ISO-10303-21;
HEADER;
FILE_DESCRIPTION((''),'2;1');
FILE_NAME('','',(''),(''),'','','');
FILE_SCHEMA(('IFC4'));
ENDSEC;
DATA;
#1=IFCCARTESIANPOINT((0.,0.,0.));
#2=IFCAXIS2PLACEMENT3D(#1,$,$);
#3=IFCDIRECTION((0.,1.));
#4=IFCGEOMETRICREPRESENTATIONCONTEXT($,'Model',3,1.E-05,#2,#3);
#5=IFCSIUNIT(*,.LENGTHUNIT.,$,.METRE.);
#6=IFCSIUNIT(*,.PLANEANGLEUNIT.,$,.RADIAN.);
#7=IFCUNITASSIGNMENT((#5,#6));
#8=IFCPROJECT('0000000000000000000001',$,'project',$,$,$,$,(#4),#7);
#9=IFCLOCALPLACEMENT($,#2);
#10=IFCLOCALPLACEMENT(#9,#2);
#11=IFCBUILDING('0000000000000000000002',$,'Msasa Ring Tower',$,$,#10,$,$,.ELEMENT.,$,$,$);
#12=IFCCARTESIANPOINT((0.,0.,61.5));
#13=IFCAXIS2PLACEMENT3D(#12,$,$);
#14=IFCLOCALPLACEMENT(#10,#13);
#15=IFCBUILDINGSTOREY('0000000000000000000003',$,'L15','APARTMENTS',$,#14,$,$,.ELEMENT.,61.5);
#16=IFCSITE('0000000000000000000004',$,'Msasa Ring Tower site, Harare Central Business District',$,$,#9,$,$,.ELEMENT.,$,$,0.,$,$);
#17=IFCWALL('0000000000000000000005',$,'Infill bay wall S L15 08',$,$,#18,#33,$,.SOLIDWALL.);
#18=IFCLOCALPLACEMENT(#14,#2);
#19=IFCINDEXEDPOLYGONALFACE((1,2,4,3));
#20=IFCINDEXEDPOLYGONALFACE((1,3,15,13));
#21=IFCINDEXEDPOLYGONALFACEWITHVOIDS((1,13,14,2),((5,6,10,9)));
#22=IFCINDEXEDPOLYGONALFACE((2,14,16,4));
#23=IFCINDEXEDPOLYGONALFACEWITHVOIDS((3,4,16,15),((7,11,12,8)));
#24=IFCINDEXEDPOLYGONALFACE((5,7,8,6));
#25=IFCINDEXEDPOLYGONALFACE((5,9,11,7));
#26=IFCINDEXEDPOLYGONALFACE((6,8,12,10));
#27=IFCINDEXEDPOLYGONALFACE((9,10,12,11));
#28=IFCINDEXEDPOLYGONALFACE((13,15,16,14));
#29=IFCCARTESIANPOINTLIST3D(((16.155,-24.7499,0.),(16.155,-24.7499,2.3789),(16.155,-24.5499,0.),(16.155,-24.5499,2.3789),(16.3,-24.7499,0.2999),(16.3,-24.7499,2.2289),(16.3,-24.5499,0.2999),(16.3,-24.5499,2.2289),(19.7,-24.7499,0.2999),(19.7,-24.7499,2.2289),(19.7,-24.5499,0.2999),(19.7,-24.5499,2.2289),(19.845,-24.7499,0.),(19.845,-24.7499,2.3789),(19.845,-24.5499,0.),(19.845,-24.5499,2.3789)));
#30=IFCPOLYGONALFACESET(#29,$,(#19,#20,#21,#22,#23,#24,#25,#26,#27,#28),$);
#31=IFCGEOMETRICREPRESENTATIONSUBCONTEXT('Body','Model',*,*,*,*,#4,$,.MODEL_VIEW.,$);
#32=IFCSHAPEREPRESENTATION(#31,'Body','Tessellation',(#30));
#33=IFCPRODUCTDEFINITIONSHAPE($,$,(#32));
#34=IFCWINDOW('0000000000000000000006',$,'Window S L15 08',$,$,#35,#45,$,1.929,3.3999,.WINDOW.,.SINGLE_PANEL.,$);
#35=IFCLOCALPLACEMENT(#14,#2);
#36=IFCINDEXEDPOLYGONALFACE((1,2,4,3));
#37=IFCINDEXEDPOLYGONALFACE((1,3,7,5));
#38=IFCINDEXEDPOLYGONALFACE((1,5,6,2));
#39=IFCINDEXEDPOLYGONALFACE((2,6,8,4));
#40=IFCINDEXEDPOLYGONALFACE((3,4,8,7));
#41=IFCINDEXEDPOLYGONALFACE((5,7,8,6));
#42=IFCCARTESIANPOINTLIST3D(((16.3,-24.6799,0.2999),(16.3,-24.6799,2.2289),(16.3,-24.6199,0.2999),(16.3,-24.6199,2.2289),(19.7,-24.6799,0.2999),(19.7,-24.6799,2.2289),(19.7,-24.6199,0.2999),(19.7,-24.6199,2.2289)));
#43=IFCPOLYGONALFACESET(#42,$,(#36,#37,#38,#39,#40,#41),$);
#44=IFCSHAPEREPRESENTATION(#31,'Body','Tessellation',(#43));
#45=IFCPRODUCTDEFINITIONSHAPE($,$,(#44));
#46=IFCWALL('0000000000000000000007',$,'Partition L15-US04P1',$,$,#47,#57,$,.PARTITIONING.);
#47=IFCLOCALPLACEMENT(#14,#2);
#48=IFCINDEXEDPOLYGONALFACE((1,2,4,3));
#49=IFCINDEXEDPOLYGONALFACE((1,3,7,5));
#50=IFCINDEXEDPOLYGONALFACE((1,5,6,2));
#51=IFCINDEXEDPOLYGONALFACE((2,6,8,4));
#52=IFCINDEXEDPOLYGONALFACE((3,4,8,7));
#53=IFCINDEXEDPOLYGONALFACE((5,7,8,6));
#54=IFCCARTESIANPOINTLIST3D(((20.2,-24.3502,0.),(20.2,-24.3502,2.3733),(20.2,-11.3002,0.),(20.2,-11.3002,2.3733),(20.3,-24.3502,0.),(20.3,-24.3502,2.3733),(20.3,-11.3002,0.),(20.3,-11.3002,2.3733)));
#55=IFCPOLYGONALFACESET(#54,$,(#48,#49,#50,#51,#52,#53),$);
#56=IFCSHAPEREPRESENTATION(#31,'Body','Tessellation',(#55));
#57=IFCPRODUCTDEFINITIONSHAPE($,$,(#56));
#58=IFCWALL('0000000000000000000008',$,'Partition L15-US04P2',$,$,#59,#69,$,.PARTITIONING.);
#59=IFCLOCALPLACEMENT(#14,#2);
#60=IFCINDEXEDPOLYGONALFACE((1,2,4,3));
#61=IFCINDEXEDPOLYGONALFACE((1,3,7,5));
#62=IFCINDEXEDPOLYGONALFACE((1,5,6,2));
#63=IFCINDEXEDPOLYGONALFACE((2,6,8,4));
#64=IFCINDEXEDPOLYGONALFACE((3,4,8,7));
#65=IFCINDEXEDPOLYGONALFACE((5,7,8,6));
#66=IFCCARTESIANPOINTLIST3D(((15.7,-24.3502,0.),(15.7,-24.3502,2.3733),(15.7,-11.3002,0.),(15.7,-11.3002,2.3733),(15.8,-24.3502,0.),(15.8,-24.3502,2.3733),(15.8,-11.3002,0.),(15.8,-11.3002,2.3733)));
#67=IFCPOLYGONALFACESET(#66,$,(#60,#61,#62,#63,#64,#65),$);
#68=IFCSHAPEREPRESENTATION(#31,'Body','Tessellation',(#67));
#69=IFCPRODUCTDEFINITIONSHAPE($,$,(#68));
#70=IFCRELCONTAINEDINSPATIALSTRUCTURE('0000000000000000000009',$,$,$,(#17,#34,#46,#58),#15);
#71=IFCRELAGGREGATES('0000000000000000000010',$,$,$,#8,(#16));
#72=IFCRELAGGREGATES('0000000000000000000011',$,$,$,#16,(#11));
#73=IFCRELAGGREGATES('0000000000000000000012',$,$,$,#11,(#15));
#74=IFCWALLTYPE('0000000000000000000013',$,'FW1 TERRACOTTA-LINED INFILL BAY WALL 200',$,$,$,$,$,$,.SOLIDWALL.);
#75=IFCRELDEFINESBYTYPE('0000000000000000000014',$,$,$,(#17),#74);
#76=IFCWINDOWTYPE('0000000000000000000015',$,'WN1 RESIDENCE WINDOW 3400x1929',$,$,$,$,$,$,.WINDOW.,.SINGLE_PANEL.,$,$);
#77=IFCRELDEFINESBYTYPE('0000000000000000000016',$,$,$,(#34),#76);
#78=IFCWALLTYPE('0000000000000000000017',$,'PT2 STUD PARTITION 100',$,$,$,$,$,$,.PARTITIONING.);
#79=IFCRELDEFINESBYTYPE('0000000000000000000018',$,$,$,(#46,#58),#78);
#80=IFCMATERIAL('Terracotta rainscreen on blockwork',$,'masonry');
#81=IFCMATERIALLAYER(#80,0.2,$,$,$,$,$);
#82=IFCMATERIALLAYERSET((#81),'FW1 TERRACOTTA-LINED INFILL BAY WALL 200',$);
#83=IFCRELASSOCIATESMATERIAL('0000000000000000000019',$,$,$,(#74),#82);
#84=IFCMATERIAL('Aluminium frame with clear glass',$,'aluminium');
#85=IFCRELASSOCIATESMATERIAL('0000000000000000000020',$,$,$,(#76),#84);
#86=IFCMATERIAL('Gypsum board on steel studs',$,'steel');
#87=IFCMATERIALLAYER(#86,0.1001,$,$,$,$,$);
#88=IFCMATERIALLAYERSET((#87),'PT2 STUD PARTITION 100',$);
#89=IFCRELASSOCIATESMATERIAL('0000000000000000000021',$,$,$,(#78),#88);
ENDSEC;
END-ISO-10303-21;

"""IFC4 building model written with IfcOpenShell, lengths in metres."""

from ifc_helpers import new_model, si_unit, direction, frame, frame_2d, origin, place, context, subcontext, project, spatial, rectangle, extrude, material, layer, layer_set, type_object, element, fill, save


model = new_model("IFC4")

# Units and contexts
model_context = context("Model", 3, precision=1e-05, world=origin(), true_north=direction((0.0, 1.0)))
body_context = subcontext(model_context, "Body", "Model", "MODEL_VIEW")
ifc_project = project(units=[si_unit("LENGTHUNIT", "METRE"), si_unit("PLANEANGLEUNIT", "RADIAN")], contexts=[model_context])

# Site, building, storey
site_placement = place(None, origin())
site = spatial("IfcSite", under=ifc_project, at=site_placement, Name="Msasa Ring Tower site, Harare Central Business District", CompositionType="ELEMENT", RefElevation=0.0)
building_placement = place(site_placement, origin())
building = spatial("IfcBuilding", under=site, at=building_placement, Name="Msasa Ring Tower", CompositionType="ELEMENT")
storey_placement = place(building_placement, frame((0.0, 0.0, 61.5)))
storey = spatial("IfcBuildingStorey", under=building, at=storey_placement, Name="L15", Description="APARTMENTS", CompositionType="ELEMENT", Elevation=61.5)

# Wall, opening, window
ifc_material_1 = material(Name="Terracotta rainscreen on blockwork", Category="masonry")
ifc_layer_1 = layer(ifc_material_1, 0.2)
ifc_layer_set_1 = layer_set([ifc_layer_1], Name="FW1 TERRACOTTA-LINED INFILL BAY WALL 200")
wall_type_1 = type_object("IfcWallType", Name="FW1 TERRACOTTA-LINED INFILL BAY WALL 200", PredefinedType="SOLIDWALL", material=ifc_layer_set_1)
wall_placement = place(storey_placement, frame((16.155, -24.6499, 0.0), z_axis=(0.0, 0.0, 1.0), x_axis=(1.0, 0.0, 0.0)))
wall = element("IfcWall", 1, at=wall_placement, inside=storey, type_object=wall_type_1, Name="Infill bay wall S L15 08", PredefinedType="SOLIDWALL", context=body_context, shape_type="SweptSolid", body=[
    extrude(rectangle(XDim=3.6899, YDim=0.2, at=frame_2d((1.845, 0.0))), origin(), (0.0, 0.0, 1.0), 2.3789),
])
opening_placement = place(wall_placement, frame((0.145, 0.0, 0.3)))
opening = element("IfcOpeningElement", 2, at=opening_placement, cuts=wall, PredefinedType="OPENING", context=body_context, shape_type="SweptSolid", body=[
    extrude(rectangle(XDim=3.3999, YDim=1.929, at=frame_2d((1.7, 0.9644))), frame((0.0, 0.1099, 0.0), z_axis=(0.0, -1.0, 0.0), x_axis=(1.0, 0.0, 0.0)), (0.0, 0.0, 1.0), 0.22),
])
ifc_material_2 = material(Name="Aluminium frame with clear glass", Category="aluminium")
window_type = type_object("IfcWindowType", Name="WN1 RESIDENCE WINDOW 3400x1929", PartitioningType="SINGLE_PANEL", PredefinedType="WINDOW", material=ifc_material_2)
window_placement = place(opening_placement, origin())
window = element("IfcWindow", 3, at=window_placement, inside=storey, type_object=window_type, Name="Window S L15 08", OverallHeight=1.929, OverallWidth=3.3999, PartitioningType="SINGLE_PANEL", PredefinedType="WINDOW", context=body_context, shape_type="SweptSolid", body=[
    extrude(rectangle(XDim=3.3999, YDim=1.929, at=frame_2d((1.7, 0.9644))), frame((0.0, 0.03, 0.0), z_axis=(0.0, -1.0, 0.0), x_axis=(1.0, 0.0, 0.0)), (0.0, 0.0, 1.0), 0.0601),
])
fill(opening, window)

# Walls
ifc_material_3 = material(Name="Gypsum board on steel studs", Category="steel")
ifc_layer_2 = layer(ifc_material_3, 0.1001)
ifc_layer_set_2 = layer_set([ifc_layer_2], Name="PT2 STUD PARTITION 100")
wall_type_2 = type_object("IfcWallType", Name="PT2 STUD PARTITION 100", PredefinedType="PARTITIONING", material=ifc_layer_set_2)
for number, where, z_axis, x_axis, name in (
    (4, (20.25, -24.3501, 0.0), (0.0, 0.0, 1.0), (0.0, 1.0, 0.0), "Partition L15-US04P1"),
    (5, (15.75, -24.3501, 0.0), (0.0, 0.0, 1.0), (0.0, 1.0, 0.0), "Partition L15-US04P2"),
):
    element("IfcWall", number, at=place(storey_placement, frame(where, z_axis=z_axis, x_axis=x_axis)), inside=storey, type_object=wall_type_2, Name=name, PredefinedType="PARTITIONING", context=body_context, shape_type="SweptSolid", body=[
        extrude(rectangle(XDim=13.05, YDim=0.1001, at=frame_2d((6.5249, 0.0))), origin(), (0.0, 0.0, 1.0), 2.3733),
    ])

save(model, "model.ifc")
